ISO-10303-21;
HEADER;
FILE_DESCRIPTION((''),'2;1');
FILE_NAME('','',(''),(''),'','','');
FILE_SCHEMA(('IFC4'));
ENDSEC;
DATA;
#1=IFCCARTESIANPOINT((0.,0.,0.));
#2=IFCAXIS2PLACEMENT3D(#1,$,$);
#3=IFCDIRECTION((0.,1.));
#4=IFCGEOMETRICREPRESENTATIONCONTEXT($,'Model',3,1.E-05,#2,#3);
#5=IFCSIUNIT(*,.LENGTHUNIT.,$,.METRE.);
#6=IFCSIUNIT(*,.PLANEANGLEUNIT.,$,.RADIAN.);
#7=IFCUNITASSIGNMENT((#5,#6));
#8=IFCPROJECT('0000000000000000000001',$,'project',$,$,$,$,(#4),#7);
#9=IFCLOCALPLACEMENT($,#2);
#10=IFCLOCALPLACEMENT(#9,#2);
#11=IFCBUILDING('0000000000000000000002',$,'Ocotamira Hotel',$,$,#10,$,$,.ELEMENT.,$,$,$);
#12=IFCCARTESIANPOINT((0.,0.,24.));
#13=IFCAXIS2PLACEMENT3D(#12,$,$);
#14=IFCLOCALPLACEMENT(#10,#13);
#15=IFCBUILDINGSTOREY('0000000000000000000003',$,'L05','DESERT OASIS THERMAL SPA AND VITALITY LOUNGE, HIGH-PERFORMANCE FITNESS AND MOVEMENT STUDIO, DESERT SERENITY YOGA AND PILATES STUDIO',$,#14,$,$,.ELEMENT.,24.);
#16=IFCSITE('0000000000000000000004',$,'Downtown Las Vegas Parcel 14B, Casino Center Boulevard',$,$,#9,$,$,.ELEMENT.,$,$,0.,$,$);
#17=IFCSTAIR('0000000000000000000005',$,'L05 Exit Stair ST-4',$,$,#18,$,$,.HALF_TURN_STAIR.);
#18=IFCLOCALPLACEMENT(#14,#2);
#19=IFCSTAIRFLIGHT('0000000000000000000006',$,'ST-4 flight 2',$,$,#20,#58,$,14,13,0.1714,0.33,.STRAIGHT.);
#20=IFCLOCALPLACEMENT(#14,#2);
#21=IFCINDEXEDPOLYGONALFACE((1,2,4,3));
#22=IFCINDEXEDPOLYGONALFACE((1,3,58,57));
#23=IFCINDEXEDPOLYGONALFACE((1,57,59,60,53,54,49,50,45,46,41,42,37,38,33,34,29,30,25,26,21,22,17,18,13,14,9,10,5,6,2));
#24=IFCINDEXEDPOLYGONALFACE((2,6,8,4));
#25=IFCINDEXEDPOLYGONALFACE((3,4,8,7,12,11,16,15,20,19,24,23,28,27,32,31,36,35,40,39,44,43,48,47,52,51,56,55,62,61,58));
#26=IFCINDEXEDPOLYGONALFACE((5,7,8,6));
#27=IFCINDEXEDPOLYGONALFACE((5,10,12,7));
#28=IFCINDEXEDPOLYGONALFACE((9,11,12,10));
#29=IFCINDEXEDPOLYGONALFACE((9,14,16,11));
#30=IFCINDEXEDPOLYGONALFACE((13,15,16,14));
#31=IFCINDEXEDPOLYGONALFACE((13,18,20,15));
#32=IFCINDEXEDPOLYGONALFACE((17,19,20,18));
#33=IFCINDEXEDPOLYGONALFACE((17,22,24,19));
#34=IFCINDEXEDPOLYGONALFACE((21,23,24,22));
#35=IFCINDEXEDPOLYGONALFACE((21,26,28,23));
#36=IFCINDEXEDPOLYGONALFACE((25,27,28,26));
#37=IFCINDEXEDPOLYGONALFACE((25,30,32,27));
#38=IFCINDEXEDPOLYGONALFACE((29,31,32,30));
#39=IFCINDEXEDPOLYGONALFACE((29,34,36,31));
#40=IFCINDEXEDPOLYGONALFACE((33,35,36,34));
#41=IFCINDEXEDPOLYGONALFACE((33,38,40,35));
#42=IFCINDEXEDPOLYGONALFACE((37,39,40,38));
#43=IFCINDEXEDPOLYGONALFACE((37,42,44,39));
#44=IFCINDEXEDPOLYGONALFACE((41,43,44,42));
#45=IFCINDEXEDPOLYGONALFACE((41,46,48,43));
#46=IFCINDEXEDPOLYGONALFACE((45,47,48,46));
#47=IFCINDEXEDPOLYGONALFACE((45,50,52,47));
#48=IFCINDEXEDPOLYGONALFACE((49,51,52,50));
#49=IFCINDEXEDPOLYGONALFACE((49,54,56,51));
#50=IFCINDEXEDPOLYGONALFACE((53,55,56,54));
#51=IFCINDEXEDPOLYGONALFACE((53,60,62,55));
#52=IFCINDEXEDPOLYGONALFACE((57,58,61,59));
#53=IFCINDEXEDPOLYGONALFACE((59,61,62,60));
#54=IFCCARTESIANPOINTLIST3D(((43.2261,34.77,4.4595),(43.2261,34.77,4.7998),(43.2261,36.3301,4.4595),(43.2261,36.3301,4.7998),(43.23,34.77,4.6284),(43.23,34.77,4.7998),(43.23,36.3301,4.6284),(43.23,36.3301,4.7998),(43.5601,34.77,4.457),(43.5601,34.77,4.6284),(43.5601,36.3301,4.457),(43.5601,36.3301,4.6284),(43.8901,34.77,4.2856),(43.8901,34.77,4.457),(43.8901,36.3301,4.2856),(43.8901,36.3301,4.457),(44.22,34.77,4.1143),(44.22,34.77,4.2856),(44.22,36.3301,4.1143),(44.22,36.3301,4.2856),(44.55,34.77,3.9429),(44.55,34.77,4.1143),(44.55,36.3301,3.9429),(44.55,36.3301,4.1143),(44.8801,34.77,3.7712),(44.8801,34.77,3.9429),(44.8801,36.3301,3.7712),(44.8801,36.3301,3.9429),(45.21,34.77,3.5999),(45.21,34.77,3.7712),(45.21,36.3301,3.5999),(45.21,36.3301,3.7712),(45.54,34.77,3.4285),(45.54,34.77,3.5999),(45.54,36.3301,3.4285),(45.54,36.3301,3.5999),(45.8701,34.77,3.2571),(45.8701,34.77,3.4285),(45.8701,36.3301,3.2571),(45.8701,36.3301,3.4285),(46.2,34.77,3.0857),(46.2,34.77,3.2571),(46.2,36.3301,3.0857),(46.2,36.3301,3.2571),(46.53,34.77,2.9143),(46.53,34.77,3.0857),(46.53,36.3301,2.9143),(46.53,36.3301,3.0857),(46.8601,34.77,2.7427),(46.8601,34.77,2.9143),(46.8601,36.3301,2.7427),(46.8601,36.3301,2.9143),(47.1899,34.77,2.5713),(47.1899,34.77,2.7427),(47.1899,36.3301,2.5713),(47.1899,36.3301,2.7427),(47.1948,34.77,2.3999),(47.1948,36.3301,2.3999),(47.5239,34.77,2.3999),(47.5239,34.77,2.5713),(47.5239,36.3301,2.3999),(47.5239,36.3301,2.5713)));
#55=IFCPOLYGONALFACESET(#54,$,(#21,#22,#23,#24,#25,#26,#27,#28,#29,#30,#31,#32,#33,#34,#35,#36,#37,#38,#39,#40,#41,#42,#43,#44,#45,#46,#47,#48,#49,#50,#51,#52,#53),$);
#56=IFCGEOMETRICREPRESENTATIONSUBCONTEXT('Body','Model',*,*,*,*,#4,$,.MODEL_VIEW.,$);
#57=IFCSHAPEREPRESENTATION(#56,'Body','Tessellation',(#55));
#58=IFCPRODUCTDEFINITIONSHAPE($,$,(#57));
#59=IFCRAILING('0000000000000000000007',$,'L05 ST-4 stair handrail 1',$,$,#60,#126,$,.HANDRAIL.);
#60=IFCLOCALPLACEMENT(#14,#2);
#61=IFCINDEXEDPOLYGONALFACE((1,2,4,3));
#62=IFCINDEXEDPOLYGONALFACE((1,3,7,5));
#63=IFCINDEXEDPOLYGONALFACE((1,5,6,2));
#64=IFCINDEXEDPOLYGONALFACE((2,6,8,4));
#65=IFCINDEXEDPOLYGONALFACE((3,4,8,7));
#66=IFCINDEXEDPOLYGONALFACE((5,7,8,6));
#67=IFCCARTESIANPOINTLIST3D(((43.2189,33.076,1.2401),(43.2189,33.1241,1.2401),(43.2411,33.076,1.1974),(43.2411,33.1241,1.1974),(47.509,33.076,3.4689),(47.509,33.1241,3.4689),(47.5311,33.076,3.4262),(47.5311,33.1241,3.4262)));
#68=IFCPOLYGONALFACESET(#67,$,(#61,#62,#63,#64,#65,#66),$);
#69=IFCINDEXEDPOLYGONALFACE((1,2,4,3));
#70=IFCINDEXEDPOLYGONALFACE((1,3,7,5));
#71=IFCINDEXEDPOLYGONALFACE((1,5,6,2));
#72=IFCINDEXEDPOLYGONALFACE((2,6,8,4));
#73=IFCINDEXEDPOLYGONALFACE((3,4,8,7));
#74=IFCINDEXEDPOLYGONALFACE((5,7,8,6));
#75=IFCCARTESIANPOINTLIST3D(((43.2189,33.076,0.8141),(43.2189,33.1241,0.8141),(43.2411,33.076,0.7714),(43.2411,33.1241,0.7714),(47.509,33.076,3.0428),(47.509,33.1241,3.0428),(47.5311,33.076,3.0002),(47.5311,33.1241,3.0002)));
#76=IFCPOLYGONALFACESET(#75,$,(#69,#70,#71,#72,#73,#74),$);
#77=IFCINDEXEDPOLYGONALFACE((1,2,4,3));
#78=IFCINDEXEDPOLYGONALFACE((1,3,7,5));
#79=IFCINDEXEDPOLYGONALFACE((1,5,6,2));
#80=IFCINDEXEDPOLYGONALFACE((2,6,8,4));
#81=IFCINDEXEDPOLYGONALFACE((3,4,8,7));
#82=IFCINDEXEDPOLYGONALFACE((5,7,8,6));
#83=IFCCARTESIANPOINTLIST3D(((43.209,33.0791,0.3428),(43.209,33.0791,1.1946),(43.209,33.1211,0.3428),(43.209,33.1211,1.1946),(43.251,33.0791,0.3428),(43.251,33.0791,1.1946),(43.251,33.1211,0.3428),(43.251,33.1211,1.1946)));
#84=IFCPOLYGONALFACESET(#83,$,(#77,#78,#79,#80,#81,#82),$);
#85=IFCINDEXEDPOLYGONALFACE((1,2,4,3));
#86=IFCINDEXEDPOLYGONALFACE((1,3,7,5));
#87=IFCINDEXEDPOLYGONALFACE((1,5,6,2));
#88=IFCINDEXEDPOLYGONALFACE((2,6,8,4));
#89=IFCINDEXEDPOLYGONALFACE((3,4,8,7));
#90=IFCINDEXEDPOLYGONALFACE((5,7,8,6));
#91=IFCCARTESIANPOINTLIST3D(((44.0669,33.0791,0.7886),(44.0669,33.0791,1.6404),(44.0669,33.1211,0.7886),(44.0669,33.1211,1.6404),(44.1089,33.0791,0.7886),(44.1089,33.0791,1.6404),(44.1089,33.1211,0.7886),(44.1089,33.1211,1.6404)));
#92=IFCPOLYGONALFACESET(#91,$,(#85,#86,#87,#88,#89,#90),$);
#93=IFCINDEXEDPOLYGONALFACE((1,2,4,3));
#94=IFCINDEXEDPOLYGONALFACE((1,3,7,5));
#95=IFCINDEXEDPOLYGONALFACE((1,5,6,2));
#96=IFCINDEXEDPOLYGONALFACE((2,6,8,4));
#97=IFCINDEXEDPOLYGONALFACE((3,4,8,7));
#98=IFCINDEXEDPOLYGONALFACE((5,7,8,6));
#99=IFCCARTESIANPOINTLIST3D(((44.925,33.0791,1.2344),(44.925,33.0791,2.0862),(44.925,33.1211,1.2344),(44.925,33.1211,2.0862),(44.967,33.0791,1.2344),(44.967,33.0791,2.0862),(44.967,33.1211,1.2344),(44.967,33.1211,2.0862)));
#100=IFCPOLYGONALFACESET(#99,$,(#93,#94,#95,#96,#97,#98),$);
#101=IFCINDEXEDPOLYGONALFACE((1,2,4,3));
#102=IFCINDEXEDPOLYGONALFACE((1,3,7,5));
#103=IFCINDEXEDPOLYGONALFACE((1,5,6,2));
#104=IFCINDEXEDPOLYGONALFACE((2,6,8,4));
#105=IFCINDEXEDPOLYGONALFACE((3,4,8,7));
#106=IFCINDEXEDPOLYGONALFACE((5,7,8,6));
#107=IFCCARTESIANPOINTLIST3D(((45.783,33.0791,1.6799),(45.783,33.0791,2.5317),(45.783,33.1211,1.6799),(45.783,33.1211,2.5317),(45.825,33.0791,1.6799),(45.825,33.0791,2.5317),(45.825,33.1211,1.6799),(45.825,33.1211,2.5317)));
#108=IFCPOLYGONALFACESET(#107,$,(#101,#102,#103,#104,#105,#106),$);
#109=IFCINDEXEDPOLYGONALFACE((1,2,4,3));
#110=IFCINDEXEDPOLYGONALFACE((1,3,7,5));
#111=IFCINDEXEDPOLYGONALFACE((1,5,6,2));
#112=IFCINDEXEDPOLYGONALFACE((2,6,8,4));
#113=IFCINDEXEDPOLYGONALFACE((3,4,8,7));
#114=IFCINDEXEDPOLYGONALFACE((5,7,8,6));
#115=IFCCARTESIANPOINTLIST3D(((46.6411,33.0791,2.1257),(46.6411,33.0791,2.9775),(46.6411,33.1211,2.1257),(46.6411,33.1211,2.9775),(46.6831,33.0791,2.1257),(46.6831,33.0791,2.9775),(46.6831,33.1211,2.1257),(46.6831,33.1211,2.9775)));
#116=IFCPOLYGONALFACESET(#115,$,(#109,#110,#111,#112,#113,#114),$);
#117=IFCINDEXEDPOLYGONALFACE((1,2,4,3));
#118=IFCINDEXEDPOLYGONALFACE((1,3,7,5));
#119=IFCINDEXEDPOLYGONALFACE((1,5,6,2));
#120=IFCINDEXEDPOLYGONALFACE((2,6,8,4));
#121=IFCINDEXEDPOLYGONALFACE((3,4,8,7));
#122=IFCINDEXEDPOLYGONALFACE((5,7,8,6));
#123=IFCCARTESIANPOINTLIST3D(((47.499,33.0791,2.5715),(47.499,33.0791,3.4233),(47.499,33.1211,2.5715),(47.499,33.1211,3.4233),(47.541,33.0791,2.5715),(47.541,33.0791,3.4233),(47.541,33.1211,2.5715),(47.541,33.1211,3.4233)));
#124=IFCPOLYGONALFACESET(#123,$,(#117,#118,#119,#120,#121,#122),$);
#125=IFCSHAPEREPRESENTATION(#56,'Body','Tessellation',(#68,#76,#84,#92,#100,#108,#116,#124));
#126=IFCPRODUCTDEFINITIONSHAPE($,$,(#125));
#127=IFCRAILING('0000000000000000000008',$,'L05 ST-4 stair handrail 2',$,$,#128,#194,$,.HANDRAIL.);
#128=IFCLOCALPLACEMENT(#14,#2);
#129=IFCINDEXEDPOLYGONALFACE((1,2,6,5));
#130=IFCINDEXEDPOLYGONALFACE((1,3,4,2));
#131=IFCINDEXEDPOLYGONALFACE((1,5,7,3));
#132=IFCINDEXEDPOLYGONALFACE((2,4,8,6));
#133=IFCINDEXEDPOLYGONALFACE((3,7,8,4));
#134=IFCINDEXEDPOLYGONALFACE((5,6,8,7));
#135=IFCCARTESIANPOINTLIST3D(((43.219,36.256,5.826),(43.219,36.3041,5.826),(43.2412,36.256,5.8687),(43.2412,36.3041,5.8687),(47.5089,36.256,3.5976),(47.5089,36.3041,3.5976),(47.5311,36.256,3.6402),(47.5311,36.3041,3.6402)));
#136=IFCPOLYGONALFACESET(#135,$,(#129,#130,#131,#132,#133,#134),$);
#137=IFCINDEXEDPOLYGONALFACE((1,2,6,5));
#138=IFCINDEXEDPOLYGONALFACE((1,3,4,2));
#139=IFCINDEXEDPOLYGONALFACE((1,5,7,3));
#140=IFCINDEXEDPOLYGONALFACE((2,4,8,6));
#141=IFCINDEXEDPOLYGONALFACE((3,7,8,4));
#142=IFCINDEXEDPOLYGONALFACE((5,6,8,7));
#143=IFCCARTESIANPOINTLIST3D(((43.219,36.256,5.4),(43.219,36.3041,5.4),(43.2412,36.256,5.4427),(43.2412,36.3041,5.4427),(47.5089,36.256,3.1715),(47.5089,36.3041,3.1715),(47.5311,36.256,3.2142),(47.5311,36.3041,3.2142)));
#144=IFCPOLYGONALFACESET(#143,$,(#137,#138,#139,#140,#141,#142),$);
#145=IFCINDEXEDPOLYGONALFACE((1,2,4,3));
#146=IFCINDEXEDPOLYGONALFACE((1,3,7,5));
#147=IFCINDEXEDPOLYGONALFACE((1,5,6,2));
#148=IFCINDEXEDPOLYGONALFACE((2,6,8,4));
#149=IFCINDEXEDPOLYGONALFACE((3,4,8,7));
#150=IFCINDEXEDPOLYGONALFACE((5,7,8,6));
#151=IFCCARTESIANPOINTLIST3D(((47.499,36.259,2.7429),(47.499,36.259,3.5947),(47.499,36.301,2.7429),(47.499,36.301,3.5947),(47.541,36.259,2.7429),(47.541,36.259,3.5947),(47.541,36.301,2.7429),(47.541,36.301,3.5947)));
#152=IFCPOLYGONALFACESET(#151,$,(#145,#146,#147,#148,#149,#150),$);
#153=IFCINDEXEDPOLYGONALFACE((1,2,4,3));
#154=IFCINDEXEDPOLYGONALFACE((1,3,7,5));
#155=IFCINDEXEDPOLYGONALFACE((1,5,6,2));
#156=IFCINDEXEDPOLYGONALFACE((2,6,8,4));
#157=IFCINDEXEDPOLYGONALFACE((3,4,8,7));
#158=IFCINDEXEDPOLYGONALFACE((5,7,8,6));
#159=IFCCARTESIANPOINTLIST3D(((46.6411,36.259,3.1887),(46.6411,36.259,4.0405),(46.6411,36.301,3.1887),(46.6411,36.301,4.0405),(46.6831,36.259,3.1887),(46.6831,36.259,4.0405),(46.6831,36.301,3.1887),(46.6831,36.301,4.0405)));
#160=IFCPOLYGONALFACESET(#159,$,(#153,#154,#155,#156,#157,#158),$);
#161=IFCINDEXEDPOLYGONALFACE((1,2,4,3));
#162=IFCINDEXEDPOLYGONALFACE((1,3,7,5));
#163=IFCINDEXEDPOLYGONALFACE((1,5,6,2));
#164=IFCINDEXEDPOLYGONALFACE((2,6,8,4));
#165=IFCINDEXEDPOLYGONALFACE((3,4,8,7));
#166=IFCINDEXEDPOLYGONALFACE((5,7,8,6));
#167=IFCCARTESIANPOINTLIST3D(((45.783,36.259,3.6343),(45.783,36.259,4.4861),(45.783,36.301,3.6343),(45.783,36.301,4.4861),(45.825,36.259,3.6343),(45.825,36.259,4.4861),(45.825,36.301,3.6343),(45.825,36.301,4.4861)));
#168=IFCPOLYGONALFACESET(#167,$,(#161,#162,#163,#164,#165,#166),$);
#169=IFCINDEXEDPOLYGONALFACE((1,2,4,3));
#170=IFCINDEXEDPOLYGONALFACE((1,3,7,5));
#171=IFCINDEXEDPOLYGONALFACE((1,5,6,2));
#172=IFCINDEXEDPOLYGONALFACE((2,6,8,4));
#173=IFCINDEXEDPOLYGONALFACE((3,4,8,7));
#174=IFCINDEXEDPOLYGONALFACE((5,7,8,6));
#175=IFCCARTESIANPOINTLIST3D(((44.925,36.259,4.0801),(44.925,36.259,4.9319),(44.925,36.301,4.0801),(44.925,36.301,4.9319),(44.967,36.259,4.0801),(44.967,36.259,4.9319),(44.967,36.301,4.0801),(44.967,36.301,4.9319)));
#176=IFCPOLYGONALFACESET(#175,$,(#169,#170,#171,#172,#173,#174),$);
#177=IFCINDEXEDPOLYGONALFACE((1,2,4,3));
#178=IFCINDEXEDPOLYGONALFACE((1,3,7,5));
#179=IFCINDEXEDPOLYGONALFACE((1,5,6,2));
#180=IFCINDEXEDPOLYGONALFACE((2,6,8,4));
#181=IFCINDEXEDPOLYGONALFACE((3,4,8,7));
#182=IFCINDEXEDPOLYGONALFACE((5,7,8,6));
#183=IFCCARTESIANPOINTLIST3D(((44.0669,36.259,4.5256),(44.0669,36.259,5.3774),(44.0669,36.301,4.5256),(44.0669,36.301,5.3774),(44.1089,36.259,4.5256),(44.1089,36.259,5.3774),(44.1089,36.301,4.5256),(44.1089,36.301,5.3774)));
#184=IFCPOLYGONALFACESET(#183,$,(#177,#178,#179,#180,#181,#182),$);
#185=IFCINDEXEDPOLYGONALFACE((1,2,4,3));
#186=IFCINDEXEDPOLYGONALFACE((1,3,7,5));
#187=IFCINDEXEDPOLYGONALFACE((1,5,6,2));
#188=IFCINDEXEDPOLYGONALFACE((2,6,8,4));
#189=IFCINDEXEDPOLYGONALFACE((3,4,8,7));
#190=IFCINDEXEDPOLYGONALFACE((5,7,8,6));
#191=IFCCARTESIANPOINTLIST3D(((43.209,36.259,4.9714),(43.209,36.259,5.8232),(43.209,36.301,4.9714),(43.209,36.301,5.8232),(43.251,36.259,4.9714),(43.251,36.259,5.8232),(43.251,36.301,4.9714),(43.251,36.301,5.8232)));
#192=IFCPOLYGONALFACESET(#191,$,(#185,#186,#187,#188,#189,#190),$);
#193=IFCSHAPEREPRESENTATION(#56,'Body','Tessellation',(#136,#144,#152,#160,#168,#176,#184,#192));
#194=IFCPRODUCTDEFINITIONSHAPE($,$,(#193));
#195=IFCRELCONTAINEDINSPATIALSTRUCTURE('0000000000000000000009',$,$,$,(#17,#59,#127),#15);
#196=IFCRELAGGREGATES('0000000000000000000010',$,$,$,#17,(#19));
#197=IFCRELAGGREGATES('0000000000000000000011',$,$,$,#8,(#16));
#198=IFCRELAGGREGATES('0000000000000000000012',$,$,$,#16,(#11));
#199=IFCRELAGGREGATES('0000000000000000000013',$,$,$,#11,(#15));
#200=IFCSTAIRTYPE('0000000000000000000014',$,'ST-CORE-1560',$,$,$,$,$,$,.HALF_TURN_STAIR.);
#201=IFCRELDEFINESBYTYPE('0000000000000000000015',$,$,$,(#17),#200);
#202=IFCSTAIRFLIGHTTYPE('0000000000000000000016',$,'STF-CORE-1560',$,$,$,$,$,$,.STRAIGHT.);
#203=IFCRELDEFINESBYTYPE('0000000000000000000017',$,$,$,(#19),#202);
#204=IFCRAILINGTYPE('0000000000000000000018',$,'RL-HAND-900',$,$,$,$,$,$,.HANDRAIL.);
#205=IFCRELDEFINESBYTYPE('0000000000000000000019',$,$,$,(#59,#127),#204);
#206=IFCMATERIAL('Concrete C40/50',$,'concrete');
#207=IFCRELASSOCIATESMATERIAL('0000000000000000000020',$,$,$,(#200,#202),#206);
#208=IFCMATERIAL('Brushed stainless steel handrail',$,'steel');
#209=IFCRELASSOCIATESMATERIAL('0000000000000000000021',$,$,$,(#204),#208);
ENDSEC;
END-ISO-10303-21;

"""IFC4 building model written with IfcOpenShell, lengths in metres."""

from ifc_helpers import new_model, si_unit, direction, frame, origin, origin_2d, place, context, subcontext, project, spatial, polyline, rectangle, outline, extrude, source, transform, mapped, material, type_object, element, aggregate, save


model = new_model("IFC4")

# Units and contexts
model_context = context("Model", 3, precision=1e-05, world=origin(), true_north=direction((0.0, 1.0)))
body_context = subcontext(model_context, "Body", "Model", "MODEL_VIEW")
ifc_project = project(units=[si_unit("LENGTHUNIT", "METRE"), si_unit("PLANEANGLEUNIT", "RADIAN")], contexts=[model_context])

# Site, building, storey
site_placement = place(None, origin())
site = spatial("IfcSite", under=ifc_project, at=site_placement, Name="Downtown Las Vegas Parcel 14B, Casino Center Boulevard", CompositionType="ELEMENT", RefElevation=0.0)
building_placement = place(site_placement, origin())
building = spatial("IfcBuilding", under=site, at=building_placement, Name="Ocotamira Hotel", CompositionType="ELEMENT")
storey_placement = place(building_placement, frame((0.0, 0.0, 24.0)))
storey = spatial("IfcBuildingStorey", under=building, at=storey_placement, Name="L05", Description="DESERT OASIS THERMAL SPA AND VITALITY LOUNGE, HIGH-PERFORMANCE FITNESS AND MOVEMENT STUDIO, DESERT SERENITY YOGA AND PILATES STUDIO", CompositionType="ELEMENT", Elevation=24.0)

# Stair, stair flight
ifc_material_1 = material(Name="Concrete C40/50", Category="concrete")
stair_type = type_object("IfcStairType", Name="ST-CORE-1560", PredefinedType="HALF_TURN_STAIR", material=ifc_material_1)
stair_placement = place(storey_placement, origin())
stair = element("IfcStair", 1, at=stair_placement, inside=storey, type_object=stair_type, Name="L05 Exit Stair ST-4", PredefinedType="HALF_TURN_STAIR")
stair_flight_type = type_object("IfcStairFlightType", Name="STF-CORE-1560", PredefinedType="STRAIGHT", material=ifc_material_1)
shared_shape_1 = source(origin(), body_context, "Body", "SweptSolid", [
    extrude(outline(polyline([(-0.0039, 0.0), (-0.0039, 0.1714), (0.3301, 0.1714), (0.3301, 0.3428), (0.6599, 0.3428), (0.6599, 0.5144), (0.99, 0.5144), (0.99, 0.6858), (1.3201, 0.6858), (1.3201, 0.8572), (1.6499, 0.8572), (1.6499, 1.0286), (1.98, 1.0286), (1.98, 1.2), (2.3101, 1.2), (2.3101, 1.3713), (2.6399, 1.3713), (2.6399, 1.543), (2.97, 1.543), (2.97, 1.7144), (3.3, 1.7144), (3.3, 1.8857), (3.6299, 1.8857), (3.6299, 2.0571), (3.96, 2.0571), (3.96, 2.2285), (4.29, 2.2285), (4.29, 2.3999), (4.2939, 2.3999), (4.2939, 2.0596), (0.3252, 0.0), (-0.0039, 0.0)])), frame((0.0, 0.78, 0.0), z_axis=(0.0, -1.0, 0.0), x_axis=(1.0, 0.0, 0.0)), (0.0, 0.0, 1.0), 1.5601),
])
stair_flight_1_placement = place(storey_placement, frame((47.52, 35.55, 2.3999), z_axis=(0.0, 0.0, 1.0), x_axis=(-1.0, 0.0, 0.0)))
stair_flight_1 = element("IfcStairFlight", 2, at=stair_flight_1_placement, type_object=stair_flight_type, Name="ST-4 flight 2", NumberOfRisers=14, NumberOfTreads=13, PredefinedType="STRAIGHT", RiserHeight=0.1714, TreadLength=0.33, context=body_context, shape_type="MappedRepresentation", body=[
    mapped(shared_shape_1, transform((0.0, 0.0, 0.0), scale=1.0)),
])
aggregate(stair, [stair_flight_1])

# Railings
ifc_material_2 = material(Name="Brushed stainless steel handrail", Category="steel")
railing_type_1 = type_object("IfcRailingType", Name="RL-HAND-900", PredefinedType="HANDRAIL", material=ifc_material_2)
railing_1_placement = place(storey_placement, frame((43.23, 33.1001, 0.3428)))
element("IfcRailing", 3, at=railing_1_placement, inside=storey, type_object=railing_type_1, Name="L05 ST-4 stair handrail 1", PredefinedType="HANDRAIL", context=body_context, shape_type="SweptSolid", body=[
    extrude(rectangle(XDim=0.0481, YDim=0.0481, at=origin_2d()), frame((0.0, 0.0, 0.876), z_axis=(0.887391, 0.0, 0.461017), x_axis=(0.0, 1.0, 0.0)), (0.0, 0.0, 1.0), 4.8345),
    extrude(rectangle(XDim=0.0481, YDim=0.0481, at=origin_2d()), frame((0.0, 0.0, 0.45), z_axis=(0.887391, 0.0, 0.461017), x_axis=(0.0, 1.0, 0.0)), (0.0, 0.0, 1.0), 4.8345),
    extrude(rectangle(XDim=0.042, YDim=0.042, at=origin_2d()), origin(), (0.0, 0.0, 1.0), 0.8518),
    extrude(rectangle(XDim=0.042, YDim=0.042, at=origin_2d()), frame((0.8579, 0.0, 0.4458)), (0.0, 0.0, 1.0), 0.8518),
    extrude(rectangle(XDim=0.042, YDim=0.042, at=origin_2d()), frame((1.7161, 0.0, 0.8916)), (0.0, 0.0, 1.0), 0.8518),
    extrude(rectangle(XDim=0.042, YDim=0.042, at=origin_2d()), frame((2.574, 0.0, 1.3372)), (0.0, 0.0, 1.0), 0.8518),
    extrude(rectangle(XDim=0.042, YDim=0.042, at=origin_2d()), frame((3.4321, 0.0, 1.783)), (0.0, 0.0, 1.0), 0.8518),
    extrude(rectangle(XDim=0.042, YDim=0.042, at=origin_2d()), frame((4.29, 0.0, 2.2288)), (0.0, 0.0, 1.0), 0.8518),
])
railing_2_placement = place(storey_placement, frame((47.52, 36.28, 2.7429)))
element("IfcRailing", 4, at=railing_2_placement, inside=storey, type_object=railing_type_1, Name="L05 ST-4 stair handrail 2", PredefinedType="HANDRAIL", context=body_context, shape_type="SweptSolid", body=[
    extrude(rectangle(XDim=0.0481, YDim=0.0481, at=origin_2d()), frame((0.0, 0.0, 0.876), z_axis=(-0.887412, 0.0, 0.460977), x_axis=(0.0, -1.0, 0.0)), (0.0, 0.0, 1.0), 4.8342),
    extrude(rectangle(XDim=0.0481, YDim=0.0481, at=origin_2d()), frame((0.0, 0.0, 0.45), z_axis=(-0.887412, 0.0, 0.460977), x_axis=(0.0, -1.0, 0.0)), (0.0, 0.0, 1.0), 4.8342),
    extrude(rectangle(XDim=0.042, YDim=0.042, at=origin_2d()), origin(), (0.0, 0.0, 1.0), 0.8518),
    extrude(rectangle(XDim=0.042, YDim=0.042, at=origin_2d()), frame((-0.8579, 0.0, 0.4458)), (0.0, 0.0, 1.0), 0.8518),
    extrude(rectangle(XDim=0.042, YDim=0.042, at=origin_2d()), frame((-1.7161, 0.0, 0.8914)), (0.0, 0.0, 1.0), 0.8518),
    extrude(rectangle(XDim=0.042, YDim=0.042, at=origin_2d()), frame((-2.574, 0.0, 1.3372)), (0.0, 0.0, 1.0), 0.8518),
    extrude(rectangle(XDim=0.042, YDim=0.042, at=origin_2d()), frame((-3.4321, 0.0, 1.7827)), (0.0, 0.0, 1.0), 0.8518),
    extrude(rectangle(XDim=0.042, YDim=0.042, at=origin_2d()), frame((-4.29, 0.0, 2.2285)), (0.0, 0.0, 1.0), 0.8518),
])

save(model, "model.ifc")
